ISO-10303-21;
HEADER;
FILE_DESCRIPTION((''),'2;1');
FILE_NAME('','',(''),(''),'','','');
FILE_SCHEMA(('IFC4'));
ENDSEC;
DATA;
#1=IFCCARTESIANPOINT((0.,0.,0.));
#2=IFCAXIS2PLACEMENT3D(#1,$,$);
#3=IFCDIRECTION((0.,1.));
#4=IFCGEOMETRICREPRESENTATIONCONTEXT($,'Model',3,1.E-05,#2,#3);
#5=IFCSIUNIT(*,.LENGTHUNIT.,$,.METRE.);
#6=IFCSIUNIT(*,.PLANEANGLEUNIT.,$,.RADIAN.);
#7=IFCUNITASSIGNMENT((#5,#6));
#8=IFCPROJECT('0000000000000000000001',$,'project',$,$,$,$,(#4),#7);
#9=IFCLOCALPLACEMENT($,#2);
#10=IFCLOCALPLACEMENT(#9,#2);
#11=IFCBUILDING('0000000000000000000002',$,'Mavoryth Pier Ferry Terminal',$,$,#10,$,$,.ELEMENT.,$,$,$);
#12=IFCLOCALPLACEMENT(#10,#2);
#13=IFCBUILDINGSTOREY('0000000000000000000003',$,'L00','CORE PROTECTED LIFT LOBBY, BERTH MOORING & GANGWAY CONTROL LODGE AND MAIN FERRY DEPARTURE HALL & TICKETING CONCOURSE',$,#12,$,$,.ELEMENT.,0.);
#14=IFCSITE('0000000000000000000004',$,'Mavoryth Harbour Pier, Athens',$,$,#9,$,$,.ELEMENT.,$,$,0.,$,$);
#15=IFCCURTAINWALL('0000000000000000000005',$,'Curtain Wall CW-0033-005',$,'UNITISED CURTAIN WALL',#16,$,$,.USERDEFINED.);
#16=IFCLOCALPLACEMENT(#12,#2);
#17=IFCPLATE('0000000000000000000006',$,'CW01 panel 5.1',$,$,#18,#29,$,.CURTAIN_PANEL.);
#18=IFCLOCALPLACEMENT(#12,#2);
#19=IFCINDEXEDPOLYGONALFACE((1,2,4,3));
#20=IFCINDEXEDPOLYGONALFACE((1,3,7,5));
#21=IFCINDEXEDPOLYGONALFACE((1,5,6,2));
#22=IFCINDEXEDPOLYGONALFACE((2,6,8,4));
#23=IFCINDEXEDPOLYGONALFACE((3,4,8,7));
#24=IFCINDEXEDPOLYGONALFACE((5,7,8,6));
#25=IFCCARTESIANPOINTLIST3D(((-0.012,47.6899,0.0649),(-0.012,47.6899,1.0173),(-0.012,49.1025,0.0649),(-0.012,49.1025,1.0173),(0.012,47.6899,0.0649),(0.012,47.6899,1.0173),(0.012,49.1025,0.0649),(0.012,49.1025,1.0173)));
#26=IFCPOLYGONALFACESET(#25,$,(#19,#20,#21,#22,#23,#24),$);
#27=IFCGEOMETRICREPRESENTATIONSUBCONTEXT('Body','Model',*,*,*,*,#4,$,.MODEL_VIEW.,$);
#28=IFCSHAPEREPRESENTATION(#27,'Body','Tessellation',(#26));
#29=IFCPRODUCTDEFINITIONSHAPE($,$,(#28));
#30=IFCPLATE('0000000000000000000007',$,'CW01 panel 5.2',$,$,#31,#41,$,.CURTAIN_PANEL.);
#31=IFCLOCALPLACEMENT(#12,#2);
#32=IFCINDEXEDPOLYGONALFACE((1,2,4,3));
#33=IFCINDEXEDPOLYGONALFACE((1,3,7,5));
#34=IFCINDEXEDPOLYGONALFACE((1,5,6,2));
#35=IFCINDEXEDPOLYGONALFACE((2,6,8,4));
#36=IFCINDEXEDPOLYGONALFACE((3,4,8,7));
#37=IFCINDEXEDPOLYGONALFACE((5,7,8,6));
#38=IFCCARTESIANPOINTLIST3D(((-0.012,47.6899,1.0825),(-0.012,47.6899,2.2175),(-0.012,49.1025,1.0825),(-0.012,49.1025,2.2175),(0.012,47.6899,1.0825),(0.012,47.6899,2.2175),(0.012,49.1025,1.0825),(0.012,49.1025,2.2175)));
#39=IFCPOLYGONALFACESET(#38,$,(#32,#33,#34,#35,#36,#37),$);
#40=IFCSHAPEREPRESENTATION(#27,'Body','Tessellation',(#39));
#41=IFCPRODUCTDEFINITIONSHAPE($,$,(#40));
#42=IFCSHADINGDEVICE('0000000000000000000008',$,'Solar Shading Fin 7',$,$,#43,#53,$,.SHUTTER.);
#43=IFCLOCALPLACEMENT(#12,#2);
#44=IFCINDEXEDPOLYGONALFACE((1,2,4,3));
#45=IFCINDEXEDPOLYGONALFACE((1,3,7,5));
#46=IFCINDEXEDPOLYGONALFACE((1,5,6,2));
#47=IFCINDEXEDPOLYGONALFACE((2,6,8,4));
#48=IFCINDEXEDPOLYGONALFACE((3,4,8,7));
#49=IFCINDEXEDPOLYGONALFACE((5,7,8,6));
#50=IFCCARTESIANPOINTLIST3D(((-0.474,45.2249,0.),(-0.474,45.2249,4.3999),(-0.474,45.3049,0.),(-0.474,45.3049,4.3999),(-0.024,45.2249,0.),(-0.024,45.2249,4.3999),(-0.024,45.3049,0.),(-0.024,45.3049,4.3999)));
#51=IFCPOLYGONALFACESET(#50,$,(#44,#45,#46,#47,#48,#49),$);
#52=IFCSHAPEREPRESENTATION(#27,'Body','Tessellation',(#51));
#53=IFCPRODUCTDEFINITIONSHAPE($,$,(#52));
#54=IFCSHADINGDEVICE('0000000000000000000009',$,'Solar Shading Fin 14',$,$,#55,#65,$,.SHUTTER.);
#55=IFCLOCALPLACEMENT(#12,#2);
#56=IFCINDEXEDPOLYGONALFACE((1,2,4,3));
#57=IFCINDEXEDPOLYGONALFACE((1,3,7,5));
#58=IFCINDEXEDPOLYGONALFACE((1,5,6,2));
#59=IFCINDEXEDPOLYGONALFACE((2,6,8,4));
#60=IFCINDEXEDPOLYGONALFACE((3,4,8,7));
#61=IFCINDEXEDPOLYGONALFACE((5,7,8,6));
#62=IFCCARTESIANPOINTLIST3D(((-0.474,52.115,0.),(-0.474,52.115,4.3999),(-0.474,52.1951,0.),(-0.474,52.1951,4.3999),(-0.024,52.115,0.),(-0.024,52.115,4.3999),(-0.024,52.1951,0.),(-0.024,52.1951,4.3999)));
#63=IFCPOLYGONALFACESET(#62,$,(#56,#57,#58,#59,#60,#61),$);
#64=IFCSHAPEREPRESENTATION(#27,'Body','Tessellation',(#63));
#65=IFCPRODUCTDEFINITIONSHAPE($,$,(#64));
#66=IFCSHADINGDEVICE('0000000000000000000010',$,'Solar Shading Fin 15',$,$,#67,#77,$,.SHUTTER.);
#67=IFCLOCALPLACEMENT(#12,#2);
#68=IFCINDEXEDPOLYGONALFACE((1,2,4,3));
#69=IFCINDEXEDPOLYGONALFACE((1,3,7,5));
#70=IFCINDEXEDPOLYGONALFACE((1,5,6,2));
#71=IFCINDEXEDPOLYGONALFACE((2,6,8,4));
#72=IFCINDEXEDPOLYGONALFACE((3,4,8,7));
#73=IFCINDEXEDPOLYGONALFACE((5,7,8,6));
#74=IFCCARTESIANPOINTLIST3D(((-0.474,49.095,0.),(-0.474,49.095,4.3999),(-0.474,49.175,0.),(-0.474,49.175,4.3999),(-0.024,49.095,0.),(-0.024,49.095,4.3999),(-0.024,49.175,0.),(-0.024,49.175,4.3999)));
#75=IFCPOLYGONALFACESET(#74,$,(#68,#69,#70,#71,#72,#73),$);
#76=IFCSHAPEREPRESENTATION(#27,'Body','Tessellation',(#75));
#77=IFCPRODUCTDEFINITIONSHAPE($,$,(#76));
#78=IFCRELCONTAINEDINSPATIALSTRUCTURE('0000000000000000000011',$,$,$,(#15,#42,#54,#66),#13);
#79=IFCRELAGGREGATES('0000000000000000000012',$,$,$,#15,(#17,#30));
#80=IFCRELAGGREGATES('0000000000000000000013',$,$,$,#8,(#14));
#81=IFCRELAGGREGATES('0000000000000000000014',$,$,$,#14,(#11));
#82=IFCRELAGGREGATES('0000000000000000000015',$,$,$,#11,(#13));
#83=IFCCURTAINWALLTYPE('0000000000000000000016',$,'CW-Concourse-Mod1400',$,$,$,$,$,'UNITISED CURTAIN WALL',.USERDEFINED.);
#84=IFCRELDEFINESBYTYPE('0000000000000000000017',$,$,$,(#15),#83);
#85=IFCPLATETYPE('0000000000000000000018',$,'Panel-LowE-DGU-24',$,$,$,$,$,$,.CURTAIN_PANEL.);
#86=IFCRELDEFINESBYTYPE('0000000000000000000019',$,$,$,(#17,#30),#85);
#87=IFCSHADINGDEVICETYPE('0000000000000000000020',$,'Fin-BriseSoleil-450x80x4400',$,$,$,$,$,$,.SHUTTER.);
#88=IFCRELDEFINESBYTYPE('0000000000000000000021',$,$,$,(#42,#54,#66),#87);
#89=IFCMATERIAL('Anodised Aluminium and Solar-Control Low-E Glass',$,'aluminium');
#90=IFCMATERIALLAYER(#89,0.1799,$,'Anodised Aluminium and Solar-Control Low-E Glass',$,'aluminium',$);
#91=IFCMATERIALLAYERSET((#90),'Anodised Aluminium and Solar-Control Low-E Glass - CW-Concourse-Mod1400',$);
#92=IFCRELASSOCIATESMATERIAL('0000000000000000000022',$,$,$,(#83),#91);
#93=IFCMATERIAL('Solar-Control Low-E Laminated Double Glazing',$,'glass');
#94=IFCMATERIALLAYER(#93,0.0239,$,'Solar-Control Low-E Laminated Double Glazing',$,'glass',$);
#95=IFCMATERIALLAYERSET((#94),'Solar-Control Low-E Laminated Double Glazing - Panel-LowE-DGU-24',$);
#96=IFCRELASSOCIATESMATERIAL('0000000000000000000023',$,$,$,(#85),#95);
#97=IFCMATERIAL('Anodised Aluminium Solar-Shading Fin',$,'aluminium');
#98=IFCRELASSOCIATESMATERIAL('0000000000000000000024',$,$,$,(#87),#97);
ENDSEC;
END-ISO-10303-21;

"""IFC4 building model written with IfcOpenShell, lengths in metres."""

from ifc_helpers import new_model, si_unit, direction, frame, origin, origin_2d, place, context, subcontext, project, spatial, rectangle, extrude, material, layer, layer_set, type_object, element, aggregate, save


model = new_model("IFC4")

# Units and contexts
model_context = context("Model", 3, precision=1e-05, world=origin(), true_north=direction((0.0, 1.0)))
body_context = subcontext(model_context, "Body", "Model", "MODEL_VIEW")
ifc_project = project(units=[si_unit("LENGTHUNIT", "METRE"), si_unit("PLANEANGLEUNIT", "RADIAN")], contexts=[model_context])

# Site, building, storey
site_placement = place(None, origin())
site = spatial("IfcSite", under=ifc_project, at=site_placement, Name="Mavoryth Harbour Pier, Athens", CompositionType="ELEMENT", RefElevation=0.0)
building_placement = place(site_placement, origin())
building = spatial("IfcBuilding", under=site, at=building_placement, Name="Mavoryth Pier Ferry Terminal", CompositionType="ELEMENT")
storey_placement = place(building_placement, origin())
storey = spatial("IfcBuildingStorey", under=building, at=storey_placement, Name="L00", Description="CORE PROTECTED LIFT LOBBY, BERTH MOORING & GANGWAY CONTROL LODGE AND MAIN FERRY DEPARTURE HALL & TICKETING CONCOURSE", CompositionType="ELEMENT", Elevation=0.0)

# Shared definitions
ifc_material_1 = material(Name="Anodised Aluminium and Solar-Control Low-E Glass", Category="aluminium")
ifc_layer_1 = layer(ifc_material_1, 0.1799, Name="Anodised Aluminium and Solar-Control Low-E Glass", Category="aluminium")
ifc_layer_set_1 = layer_set([ifc_layer_1], Name="Anodised Aluminium and Solar-Control Low-E Glass - CW-Concourse-Mod1400")
curtain_wall_type = type_object("IfcCurtainWallType", Name="CW-Concourse-Mod1400", ElementType="UNITISED CURTAIN WALL", PredefinedType="USERDEFINED", material=ifc_layer_set_1)

# Curtain wall
curtain_wall_1_placement = place(storey_placement, origin())
curtain_wall_1 = element("IfcCurtainWall", 1, at=curtain_wall_1_placement, inside=storey, type_object=curtain_wall_type, Name="Curtain Wall CW-0033-005", ObjectType="UNITISED CURTAIN WALL", PredefinedType="USERDEFINED")

# Plates
ifc_material_2 = material(Name="Solar-Control Low-E Laminated Double Glazing", Category="glass")
ifc_layer_2 = layer(ifc_material_2, 0.0239, Name="Solar-Control Low-E Laminated Double Glazing", Category="glass")
ifc_layer_set_2 = layer_set([ifc_layer_2], Name="Solar-Control Low-E Laminated Double Glazing - Panel-LowE-DGU-24")
plate_type = type_object("IfcPlateType", Name="Panel-LowE-DGU-24", PredefinedType="CURTAIN_PANEL", material=ifc_layer_set_2)
plate_1_placement = place(storey_placement, frame((0.0, 48.3962, 0.0649), z_axis=(0.0, 0.0, 1.0), x_axis=(0.0, -1.0, 0.0)))
plate_1 = element("IfcPlate", 2, at=plate_1_placement, type_object=plate_type, Name="CW01 panel 5.1", PredefinedType="CURTAIN_PANEL", context=body_context, shape_type="SweptSolid", body=[
    extrude(rectangle(XDim=1.4126, YDim=0.0239, at=origin_2d()), origin(), (0.0, 0.0, 1.0), 0.9524),
])
plate_2_placement = place(storey_placement, frame((0.0, 48.3962, 1.0825), z_axis=(0.0, 0.0, 1.0), x_axis=(0.0, -1.0, 0.0)))
plate_2 = element("IfcPlate", 3, at=plate_2_placement, type_object=plate_type, Name="CW01 panel 5.2", PredefinedType="CURTAIN_PANEL", context=body_context, shape_type="SweptSolid", body=[
    extrude(rectangle(XDim=1.4126, YDim=0.0239, at=origin_2d()), origin(), (0.0, 0.0, 1.0), 1.135),
])
aggregate(curtain_wall_1, [plate_1, plate_2])

# Shading devices
ifc_material_3 = material(Name="Anodised Aluminium Solar-Shading Fin", Category="aluminium")
shading_device_type = type_object("IfcShadingDeviceType", Name="Fin-BriseSoleil-450x80x4400", PredefinedType="SHUTTER", material=ifc_material_3)
for number, where, z_axis, x_axis, name in (
    (4, (-0.249, 45.2649, 0.0), (0.0, 0.0, 1.0), (0.0, -1.0, 0.0), "Solar Shading Fin 7"),
    (5, (-0.249, 52.155, 0.0), (0.0, 0.0, 1.0), (0.0, -1.0, 0.0), "Solar Shading Fin 14"),
    (6, (-0.249, 49.135, 0.0), (0.0, 0.0, 1.0), (0.0, -1.0, 0.0), "Solar Shading Fin 15"),
):
    element("IfcShadingDevice", number, at=place(storey_placement, frame(where, z_axis=z_axis, x_axis=x_axis)), inside=storey, type_object=shading_device_type, Name=name, PredefinedType="SHUTTER", context=body_context, shape_type="SweptSolid", body=[
        extrude(rectangle(XDim=0.0801, YDim=0.45, at=origin_2d()), origin(), (0.0, 0.0, 1.0), 4.3999),
    ])

save(model, "model.ifc")
